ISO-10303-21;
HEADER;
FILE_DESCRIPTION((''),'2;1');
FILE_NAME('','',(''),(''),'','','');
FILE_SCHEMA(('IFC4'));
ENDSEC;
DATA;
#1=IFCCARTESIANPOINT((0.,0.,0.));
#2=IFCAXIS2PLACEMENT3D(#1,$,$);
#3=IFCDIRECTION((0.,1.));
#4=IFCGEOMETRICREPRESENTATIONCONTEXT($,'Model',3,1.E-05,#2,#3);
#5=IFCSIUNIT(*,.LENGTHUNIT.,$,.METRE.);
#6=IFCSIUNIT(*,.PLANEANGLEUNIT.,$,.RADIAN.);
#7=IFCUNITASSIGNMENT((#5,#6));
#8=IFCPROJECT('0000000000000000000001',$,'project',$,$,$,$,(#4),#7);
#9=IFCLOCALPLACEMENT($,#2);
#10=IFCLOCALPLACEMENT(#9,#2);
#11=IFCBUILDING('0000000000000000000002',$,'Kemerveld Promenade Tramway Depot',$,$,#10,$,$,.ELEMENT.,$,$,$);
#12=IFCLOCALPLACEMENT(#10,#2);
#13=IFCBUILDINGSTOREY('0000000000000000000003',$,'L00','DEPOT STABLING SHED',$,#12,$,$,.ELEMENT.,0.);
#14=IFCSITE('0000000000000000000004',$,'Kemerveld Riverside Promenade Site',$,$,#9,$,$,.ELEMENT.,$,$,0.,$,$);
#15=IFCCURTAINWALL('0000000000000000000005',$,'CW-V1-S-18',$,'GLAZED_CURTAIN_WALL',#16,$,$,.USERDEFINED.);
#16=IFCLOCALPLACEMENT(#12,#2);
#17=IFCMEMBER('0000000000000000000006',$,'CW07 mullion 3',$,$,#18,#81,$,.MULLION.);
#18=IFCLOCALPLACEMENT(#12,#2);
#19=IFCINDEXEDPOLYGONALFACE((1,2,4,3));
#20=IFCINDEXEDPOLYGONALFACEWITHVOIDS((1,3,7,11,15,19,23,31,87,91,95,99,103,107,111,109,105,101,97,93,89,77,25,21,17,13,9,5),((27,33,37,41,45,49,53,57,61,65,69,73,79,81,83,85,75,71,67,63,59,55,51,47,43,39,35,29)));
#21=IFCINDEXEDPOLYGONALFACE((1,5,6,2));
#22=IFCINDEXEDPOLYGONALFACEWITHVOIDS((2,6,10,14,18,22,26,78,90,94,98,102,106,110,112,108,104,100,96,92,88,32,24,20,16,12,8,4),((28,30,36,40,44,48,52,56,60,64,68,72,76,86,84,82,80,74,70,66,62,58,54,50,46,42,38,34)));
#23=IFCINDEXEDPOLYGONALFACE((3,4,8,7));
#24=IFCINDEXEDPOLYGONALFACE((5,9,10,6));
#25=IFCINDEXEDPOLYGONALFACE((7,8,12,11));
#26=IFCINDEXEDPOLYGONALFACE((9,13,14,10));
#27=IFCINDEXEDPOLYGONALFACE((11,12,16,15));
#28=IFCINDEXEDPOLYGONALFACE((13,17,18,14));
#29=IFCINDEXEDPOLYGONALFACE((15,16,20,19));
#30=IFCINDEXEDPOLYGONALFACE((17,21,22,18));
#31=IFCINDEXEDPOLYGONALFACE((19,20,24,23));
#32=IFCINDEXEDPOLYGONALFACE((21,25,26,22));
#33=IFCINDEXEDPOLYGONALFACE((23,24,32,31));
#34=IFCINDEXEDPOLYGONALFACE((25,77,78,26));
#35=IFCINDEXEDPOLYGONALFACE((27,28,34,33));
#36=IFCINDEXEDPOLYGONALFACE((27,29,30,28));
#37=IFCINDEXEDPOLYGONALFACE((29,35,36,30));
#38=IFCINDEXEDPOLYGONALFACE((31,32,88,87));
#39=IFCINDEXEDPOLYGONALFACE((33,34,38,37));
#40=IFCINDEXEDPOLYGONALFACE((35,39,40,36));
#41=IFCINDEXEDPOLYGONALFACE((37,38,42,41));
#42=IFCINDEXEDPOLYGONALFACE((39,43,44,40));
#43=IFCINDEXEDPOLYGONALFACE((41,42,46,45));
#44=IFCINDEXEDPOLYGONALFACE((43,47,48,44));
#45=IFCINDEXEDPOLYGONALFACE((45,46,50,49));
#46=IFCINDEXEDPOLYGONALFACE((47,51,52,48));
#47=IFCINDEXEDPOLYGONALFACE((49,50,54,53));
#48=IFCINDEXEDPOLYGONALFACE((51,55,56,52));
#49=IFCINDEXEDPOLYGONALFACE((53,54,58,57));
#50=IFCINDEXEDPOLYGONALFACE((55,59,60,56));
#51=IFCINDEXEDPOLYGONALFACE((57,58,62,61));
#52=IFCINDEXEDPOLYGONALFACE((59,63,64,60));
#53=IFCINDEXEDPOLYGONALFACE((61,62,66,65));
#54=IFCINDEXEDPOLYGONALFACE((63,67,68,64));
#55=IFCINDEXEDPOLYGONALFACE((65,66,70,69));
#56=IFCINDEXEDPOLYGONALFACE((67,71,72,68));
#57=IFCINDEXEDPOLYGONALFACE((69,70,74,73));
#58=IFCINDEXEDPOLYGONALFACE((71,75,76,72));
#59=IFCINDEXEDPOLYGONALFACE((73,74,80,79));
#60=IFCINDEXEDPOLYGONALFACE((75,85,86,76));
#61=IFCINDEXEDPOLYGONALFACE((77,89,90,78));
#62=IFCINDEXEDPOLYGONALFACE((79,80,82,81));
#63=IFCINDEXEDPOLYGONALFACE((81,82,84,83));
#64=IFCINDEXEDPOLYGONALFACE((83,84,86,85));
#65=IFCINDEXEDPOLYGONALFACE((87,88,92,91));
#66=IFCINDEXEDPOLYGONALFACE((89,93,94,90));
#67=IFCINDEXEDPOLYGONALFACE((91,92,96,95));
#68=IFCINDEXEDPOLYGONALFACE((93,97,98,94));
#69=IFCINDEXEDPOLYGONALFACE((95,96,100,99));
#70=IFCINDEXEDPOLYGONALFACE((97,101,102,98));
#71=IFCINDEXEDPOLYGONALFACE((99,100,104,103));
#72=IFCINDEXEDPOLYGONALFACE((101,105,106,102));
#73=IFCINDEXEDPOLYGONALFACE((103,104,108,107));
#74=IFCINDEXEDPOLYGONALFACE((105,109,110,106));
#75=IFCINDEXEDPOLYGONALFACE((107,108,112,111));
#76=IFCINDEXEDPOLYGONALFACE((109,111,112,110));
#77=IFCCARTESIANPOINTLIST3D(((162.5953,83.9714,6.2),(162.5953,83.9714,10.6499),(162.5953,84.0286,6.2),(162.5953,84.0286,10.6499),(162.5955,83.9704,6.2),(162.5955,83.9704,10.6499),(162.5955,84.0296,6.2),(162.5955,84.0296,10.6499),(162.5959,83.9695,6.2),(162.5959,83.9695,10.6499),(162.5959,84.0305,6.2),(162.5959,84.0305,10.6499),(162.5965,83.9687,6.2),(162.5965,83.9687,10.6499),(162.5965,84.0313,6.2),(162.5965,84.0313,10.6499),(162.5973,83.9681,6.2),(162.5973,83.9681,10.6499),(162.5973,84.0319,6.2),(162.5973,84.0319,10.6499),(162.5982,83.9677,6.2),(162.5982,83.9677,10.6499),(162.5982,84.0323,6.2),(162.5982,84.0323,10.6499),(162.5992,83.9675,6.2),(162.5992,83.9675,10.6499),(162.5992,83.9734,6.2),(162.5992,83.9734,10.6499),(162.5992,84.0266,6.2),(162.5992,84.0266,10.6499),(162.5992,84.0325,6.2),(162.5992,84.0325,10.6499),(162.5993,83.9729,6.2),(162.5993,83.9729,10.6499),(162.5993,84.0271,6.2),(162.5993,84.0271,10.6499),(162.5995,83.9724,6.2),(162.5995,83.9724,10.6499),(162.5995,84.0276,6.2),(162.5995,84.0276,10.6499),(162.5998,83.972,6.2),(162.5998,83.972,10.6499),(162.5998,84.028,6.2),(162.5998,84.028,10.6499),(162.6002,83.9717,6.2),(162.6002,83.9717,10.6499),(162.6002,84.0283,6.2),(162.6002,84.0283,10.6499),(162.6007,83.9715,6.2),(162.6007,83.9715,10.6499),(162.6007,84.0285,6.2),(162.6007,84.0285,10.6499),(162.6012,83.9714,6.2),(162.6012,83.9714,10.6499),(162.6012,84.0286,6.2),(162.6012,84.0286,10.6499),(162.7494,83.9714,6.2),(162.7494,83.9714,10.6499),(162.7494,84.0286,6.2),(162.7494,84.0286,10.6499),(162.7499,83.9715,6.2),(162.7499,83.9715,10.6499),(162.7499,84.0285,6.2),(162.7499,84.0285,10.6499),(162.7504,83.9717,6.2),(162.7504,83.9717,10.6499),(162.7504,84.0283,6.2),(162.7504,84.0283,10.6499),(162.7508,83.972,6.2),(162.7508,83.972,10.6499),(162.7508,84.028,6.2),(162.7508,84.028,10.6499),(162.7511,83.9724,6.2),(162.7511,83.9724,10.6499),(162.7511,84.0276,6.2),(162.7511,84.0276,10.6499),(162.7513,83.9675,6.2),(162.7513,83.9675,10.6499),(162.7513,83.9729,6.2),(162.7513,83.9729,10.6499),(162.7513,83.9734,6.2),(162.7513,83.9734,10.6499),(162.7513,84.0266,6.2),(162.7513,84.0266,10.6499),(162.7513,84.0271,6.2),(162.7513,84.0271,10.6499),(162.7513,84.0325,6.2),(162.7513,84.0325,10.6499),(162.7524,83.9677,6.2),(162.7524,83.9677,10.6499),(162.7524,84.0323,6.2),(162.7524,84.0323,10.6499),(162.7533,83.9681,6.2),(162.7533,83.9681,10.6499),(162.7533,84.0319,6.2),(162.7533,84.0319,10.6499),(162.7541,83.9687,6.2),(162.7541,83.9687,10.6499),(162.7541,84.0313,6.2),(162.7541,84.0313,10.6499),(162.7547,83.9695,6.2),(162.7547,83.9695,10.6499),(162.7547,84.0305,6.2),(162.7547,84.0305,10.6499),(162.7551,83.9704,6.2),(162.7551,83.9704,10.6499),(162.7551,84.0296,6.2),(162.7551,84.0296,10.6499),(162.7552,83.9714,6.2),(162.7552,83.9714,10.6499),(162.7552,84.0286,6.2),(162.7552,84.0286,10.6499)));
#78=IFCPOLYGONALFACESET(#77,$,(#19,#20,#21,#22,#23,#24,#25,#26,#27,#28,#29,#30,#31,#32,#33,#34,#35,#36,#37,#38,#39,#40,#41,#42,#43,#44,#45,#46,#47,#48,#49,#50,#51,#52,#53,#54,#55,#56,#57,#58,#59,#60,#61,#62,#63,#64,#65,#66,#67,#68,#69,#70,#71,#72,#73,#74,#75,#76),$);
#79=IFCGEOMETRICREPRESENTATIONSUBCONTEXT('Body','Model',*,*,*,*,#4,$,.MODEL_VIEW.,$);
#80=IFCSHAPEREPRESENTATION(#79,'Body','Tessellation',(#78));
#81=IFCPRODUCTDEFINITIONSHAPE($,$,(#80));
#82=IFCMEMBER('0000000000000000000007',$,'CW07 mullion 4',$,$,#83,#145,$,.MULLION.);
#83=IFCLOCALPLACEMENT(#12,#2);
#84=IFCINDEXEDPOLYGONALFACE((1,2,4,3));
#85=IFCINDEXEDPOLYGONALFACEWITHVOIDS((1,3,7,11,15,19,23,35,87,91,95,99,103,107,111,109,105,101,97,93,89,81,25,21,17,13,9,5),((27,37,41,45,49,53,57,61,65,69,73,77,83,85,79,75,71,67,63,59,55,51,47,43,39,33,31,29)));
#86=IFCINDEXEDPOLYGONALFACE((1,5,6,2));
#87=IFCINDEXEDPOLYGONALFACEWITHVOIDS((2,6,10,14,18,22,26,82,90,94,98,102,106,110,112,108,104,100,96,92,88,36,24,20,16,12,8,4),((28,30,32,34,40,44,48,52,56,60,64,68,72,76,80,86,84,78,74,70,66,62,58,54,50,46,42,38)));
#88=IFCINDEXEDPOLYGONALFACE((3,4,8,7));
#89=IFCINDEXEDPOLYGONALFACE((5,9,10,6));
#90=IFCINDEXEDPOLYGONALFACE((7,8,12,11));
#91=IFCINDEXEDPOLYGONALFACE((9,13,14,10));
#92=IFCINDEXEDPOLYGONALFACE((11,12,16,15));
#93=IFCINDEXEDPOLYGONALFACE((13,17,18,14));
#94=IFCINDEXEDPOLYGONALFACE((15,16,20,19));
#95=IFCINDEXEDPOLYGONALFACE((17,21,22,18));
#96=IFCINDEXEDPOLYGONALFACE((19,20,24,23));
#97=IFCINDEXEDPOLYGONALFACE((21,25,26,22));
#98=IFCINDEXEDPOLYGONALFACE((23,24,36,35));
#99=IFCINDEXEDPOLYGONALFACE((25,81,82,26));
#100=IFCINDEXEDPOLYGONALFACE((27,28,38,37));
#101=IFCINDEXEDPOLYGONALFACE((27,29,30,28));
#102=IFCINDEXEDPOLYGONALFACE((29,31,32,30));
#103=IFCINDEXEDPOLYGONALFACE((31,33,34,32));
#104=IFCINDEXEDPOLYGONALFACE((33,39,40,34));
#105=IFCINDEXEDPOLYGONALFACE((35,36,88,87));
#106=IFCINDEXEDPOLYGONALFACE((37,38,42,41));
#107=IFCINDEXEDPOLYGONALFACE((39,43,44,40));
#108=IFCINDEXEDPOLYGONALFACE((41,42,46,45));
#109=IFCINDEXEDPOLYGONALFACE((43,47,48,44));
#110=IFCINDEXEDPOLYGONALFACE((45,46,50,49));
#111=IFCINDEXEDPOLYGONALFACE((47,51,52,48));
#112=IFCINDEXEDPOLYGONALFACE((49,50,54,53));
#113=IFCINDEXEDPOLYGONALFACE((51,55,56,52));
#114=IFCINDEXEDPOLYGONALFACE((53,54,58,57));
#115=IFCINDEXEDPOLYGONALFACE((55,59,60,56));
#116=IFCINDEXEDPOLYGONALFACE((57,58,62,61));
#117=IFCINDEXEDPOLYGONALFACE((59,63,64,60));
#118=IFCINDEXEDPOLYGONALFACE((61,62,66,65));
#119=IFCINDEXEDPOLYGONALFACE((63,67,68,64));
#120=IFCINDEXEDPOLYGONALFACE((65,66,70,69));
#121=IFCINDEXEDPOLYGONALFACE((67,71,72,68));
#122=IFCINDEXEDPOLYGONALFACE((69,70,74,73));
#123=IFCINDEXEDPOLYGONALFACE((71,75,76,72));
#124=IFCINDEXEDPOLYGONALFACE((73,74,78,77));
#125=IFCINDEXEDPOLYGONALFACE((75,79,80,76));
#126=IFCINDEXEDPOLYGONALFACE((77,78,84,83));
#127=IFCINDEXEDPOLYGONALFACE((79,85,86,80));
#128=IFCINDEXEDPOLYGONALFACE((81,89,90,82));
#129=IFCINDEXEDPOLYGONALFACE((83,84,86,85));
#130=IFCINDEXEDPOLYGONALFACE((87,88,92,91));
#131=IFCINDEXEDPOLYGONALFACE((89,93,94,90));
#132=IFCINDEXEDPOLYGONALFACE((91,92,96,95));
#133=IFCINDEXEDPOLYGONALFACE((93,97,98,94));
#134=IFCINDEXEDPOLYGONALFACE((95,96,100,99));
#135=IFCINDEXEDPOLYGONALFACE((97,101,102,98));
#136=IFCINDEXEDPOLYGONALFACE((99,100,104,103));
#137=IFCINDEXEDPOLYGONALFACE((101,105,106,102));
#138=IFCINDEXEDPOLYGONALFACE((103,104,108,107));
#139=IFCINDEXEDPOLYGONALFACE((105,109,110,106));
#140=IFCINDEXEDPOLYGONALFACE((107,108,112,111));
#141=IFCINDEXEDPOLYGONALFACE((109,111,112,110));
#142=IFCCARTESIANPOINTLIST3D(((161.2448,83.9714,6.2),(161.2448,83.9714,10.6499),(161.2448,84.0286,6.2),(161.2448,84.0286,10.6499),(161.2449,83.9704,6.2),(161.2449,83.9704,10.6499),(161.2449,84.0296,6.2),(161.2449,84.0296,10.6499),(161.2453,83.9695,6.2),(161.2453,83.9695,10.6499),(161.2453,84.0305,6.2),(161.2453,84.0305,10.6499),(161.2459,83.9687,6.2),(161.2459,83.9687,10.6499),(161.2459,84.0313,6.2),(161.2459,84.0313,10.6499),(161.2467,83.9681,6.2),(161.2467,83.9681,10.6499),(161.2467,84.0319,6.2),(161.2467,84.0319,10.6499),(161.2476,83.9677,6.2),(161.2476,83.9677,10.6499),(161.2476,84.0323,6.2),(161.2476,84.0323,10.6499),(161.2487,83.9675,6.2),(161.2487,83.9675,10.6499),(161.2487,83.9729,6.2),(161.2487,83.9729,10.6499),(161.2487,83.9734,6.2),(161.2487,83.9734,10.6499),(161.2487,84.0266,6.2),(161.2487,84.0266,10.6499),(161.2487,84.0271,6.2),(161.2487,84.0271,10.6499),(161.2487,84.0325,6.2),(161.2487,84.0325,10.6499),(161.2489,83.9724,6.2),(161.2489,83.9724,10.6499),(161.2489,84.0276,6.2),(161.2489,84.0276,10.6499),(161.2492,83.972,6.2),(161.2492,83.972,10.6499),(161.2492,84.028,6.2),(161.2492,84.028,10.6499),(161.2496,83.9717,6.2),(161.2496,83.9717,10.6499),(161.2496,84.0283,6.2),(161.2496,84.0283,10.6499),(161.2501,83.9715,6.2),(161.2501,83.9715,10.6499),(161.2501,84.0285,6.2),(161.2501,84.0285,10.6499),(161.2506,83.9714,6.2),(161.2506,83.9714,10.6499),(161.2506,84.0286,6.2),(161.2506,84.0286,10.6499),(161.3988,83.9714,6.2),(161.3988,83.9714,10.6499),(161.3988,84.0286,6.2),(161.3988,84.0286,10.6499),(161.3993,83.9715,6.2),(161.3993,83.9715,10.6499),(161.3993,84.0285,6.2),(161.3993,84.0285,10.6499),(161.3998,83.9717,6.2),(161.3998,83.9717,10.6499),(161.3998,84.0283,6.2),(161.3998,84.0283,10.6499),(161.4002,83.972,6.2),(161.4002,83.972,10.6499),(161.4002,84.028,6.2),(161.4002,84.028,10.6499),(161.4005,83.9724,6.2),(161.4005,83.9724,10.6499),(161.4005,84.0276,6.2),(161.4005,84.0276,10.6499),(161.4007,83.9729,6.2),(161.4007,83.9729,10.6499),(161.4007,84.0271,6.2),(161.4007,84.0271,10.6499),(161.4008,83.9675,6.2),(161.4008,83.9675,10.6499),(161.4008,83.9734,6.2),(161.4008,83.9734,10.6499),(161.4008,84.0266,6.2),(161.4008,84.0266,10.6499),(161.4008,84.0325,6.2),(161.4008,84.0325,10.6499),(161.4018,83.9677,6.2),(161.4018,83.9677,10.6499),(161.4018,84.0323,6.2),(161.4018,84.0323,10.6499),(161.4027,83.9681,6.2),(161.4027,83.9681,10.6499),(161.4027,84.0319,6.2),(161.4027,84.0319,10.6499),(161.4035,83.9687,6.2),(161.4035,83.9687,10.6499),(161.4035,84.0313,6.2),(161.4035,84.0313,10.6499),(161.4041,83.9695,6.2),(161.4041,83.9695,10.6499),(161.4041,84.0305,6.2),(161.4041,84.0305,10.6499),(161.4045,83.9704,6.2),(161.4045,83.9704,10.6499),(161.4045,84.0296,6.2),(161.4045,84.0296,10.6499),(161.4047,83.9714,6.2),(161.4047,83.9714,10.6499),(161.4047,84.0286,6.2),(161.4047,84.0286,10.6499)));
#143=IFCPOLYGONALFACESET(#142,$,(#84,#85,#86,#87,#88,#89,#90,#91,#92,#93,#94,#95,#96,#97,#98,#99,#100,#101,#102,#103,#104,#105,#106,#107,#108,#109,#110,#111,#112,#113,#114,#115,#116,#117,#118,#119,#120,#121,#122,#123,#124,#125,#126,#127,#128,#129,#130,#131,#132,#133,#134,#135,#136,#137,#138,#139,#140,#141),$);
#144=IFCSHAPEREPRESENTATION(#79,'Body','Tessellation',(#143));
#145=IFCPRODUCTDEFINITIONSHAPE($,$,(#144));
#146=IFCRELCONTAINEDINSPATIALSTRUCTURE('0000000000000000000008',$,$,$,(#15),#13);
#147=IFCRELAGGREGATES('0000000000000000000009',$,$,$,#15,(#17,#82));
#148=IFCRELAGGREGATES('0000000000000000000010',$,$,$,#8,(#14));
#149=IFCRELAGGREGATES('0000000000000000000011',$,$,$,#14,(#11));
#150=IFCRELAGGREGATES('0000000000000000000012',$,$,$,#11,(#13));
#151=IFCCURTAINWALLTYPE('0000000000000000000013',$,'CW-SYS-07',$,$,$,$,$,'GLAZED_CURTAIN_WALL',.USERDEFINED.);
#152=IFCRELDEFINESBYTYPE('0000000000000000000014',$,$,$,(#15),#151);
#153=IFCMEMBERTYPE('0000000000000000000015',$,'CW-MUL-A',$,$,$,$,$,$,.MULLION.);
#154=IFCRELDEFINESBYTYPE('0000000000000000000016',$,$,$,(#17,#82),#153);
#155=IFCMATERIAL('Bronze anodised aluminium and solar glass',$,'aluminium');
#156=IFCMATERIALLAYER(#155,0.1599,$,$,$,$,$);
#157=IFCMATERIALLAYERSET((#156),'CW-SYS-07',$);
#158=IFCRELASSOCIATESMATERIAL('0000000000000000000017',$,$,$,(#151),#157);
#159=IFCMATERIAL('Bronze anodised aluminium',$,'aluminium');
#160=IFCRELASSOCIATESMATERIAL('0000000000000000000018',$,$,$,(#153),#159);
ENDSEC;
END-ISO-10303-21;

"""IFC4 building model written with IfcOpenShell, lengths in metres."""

from ifc_helpers import new_model, si_unit, direction, frame, origin, origin_2d, place, context, subcontext, project, spatial, hollow_rectangle, extrude, material, layer, layer_set, material_profile, profile_set, type_object, element, aggregate, save


model = new_model("IFC4")

# Units and contexts
model_context = context("Model", 3, precision=1e-05, world=origin(), true_north=direction((0.0, 1.0)))
body_context = subcontext(model_context, "Body", "Model", "MODEL_VIEW")
ifc_project = project(units=[si_unit("LENGTHUNIT", "METRE"), si_unit("PLANEANGLEUNIT", "RADIAN")], contexts=[model_context])

# Site, building, storey
site_placement = place(None, origin())
site = spatial("IfcSite", under=ifc_project, at=site_placement, Name="Kemerveld Riverside Promenade Site", CompositionType="ELEMENT", RefElevation=0.0)
building_placement = place(site_placement, origin())
building = spatial("IfcBuilding", under=site, at=building_placement, Name="Kemerveld Promenade Tramway Depot", CompositionType="ELEMENT")
storey_placement = place(building_placement, origin())
storey = spatial("IfcBuildingStorey", under=building, at=storey_placement, Name="L00", Description="DEPOT STABLING SHED", CompositionType="ELEMENT", Elevation=0.0)

# Curtain wall, members
ifc_material_1 = material(Name="Bronze anodised aluminium and solar glass", Category="aluminium")
ifc_layer_1 = layer(ifc_material_1, 0.1599)
ifc_layer_set_1 = layer_set([ifc_layer_1], Name="CW-SYS-07")
curtain_wall_type_1 = type_object("IfcCurtainWallType", Name="CW-SYS-07", ElementType="GLAZED_CURTAIN_WALL", PredefinedType="USERDEFINED", material=ifc_layer_set_1)
curtain_wall_1_placement = place(storey_placement, origin())
curtain_wall_1 = element("IfcCurtainWall", 1, at=curtain_wall_1_placement, inside=storey, type_object=curtain_wall_type_1, Name="CW-V1-S-18", ObjectType="GLAZED_CURTAIN_WALL", PredefinedType="USERDEFINED")
ifc_material_2 = material(Name="Bronze anodised aluminium", Category="aluminium")
ifc_material_profile_1 = material_profile(ifc_material_2, hollow_rectangle(XDim=0.0649, YDim=0.1599, WallThickness=0.0039, InnerFilletRadius=0.002, OuterFilletRadius=0.0039, at=origin_2d()), Name="CW-MUL-160x65")
ifc_profile_set_1 = profile_set([ifc_material_profile_1], Name="Bronze anodised aluminium")
member_type_1 = type_object("IfcMemberType", Name="CW-MUL-A", PredefinedType="MULLION", material=ifc_profile_set_1)
member_1_placement = place(storey_placement, frame((162.6753, 84.0, 6.2), z_axis=(0.0, 0.0, 1.0), x_axis=(0.0, -1.0, 0.0)))
member_1 = element("IfcMember", 2, at=member_1_placement, type_object=member_type_1, Name="CW07 mullion 3", PredefinedType="MULLION", context=body_context, shape_type="SweptSolid", body=[
    extrude(hollow_rectangle(XDim=0.0649, YDim=0.1599, WallThickness=0.0039, InnerFilletRadius=0.002, OuterFilletRadius=0.0039, at=origin_2d()), origin(), (0.0, 0.0, 1.0), 4.45),
])
member_2_placement = place(storey_placement, frame((161.3247, 84.0, 6.2), z_axis=(0.0, 0.0, 1.0), x_axis=(0.0, -1.0, 0.0)))
member_2 = element("IfcMember", 3, at=member_2_placement, type_object=member_type_1, Name="CW07 mullion 4", PredefinedType="MULLION", context=body_context, shape_type="SweptSolid", body=[
    extrude(hollow_rectangle(XDim=0.0649, YDim=0.1599, WallThickness=0.0039, InnerFilletRadius=0.002, OuterFilletRadius=0.0039, at=origin_2d()), origin(), (0.0, 0.0, 1.0), 4.45),
])

aggregate(curtain_wall_1, [member_1, member_2])

save(model, "model.ifc")
